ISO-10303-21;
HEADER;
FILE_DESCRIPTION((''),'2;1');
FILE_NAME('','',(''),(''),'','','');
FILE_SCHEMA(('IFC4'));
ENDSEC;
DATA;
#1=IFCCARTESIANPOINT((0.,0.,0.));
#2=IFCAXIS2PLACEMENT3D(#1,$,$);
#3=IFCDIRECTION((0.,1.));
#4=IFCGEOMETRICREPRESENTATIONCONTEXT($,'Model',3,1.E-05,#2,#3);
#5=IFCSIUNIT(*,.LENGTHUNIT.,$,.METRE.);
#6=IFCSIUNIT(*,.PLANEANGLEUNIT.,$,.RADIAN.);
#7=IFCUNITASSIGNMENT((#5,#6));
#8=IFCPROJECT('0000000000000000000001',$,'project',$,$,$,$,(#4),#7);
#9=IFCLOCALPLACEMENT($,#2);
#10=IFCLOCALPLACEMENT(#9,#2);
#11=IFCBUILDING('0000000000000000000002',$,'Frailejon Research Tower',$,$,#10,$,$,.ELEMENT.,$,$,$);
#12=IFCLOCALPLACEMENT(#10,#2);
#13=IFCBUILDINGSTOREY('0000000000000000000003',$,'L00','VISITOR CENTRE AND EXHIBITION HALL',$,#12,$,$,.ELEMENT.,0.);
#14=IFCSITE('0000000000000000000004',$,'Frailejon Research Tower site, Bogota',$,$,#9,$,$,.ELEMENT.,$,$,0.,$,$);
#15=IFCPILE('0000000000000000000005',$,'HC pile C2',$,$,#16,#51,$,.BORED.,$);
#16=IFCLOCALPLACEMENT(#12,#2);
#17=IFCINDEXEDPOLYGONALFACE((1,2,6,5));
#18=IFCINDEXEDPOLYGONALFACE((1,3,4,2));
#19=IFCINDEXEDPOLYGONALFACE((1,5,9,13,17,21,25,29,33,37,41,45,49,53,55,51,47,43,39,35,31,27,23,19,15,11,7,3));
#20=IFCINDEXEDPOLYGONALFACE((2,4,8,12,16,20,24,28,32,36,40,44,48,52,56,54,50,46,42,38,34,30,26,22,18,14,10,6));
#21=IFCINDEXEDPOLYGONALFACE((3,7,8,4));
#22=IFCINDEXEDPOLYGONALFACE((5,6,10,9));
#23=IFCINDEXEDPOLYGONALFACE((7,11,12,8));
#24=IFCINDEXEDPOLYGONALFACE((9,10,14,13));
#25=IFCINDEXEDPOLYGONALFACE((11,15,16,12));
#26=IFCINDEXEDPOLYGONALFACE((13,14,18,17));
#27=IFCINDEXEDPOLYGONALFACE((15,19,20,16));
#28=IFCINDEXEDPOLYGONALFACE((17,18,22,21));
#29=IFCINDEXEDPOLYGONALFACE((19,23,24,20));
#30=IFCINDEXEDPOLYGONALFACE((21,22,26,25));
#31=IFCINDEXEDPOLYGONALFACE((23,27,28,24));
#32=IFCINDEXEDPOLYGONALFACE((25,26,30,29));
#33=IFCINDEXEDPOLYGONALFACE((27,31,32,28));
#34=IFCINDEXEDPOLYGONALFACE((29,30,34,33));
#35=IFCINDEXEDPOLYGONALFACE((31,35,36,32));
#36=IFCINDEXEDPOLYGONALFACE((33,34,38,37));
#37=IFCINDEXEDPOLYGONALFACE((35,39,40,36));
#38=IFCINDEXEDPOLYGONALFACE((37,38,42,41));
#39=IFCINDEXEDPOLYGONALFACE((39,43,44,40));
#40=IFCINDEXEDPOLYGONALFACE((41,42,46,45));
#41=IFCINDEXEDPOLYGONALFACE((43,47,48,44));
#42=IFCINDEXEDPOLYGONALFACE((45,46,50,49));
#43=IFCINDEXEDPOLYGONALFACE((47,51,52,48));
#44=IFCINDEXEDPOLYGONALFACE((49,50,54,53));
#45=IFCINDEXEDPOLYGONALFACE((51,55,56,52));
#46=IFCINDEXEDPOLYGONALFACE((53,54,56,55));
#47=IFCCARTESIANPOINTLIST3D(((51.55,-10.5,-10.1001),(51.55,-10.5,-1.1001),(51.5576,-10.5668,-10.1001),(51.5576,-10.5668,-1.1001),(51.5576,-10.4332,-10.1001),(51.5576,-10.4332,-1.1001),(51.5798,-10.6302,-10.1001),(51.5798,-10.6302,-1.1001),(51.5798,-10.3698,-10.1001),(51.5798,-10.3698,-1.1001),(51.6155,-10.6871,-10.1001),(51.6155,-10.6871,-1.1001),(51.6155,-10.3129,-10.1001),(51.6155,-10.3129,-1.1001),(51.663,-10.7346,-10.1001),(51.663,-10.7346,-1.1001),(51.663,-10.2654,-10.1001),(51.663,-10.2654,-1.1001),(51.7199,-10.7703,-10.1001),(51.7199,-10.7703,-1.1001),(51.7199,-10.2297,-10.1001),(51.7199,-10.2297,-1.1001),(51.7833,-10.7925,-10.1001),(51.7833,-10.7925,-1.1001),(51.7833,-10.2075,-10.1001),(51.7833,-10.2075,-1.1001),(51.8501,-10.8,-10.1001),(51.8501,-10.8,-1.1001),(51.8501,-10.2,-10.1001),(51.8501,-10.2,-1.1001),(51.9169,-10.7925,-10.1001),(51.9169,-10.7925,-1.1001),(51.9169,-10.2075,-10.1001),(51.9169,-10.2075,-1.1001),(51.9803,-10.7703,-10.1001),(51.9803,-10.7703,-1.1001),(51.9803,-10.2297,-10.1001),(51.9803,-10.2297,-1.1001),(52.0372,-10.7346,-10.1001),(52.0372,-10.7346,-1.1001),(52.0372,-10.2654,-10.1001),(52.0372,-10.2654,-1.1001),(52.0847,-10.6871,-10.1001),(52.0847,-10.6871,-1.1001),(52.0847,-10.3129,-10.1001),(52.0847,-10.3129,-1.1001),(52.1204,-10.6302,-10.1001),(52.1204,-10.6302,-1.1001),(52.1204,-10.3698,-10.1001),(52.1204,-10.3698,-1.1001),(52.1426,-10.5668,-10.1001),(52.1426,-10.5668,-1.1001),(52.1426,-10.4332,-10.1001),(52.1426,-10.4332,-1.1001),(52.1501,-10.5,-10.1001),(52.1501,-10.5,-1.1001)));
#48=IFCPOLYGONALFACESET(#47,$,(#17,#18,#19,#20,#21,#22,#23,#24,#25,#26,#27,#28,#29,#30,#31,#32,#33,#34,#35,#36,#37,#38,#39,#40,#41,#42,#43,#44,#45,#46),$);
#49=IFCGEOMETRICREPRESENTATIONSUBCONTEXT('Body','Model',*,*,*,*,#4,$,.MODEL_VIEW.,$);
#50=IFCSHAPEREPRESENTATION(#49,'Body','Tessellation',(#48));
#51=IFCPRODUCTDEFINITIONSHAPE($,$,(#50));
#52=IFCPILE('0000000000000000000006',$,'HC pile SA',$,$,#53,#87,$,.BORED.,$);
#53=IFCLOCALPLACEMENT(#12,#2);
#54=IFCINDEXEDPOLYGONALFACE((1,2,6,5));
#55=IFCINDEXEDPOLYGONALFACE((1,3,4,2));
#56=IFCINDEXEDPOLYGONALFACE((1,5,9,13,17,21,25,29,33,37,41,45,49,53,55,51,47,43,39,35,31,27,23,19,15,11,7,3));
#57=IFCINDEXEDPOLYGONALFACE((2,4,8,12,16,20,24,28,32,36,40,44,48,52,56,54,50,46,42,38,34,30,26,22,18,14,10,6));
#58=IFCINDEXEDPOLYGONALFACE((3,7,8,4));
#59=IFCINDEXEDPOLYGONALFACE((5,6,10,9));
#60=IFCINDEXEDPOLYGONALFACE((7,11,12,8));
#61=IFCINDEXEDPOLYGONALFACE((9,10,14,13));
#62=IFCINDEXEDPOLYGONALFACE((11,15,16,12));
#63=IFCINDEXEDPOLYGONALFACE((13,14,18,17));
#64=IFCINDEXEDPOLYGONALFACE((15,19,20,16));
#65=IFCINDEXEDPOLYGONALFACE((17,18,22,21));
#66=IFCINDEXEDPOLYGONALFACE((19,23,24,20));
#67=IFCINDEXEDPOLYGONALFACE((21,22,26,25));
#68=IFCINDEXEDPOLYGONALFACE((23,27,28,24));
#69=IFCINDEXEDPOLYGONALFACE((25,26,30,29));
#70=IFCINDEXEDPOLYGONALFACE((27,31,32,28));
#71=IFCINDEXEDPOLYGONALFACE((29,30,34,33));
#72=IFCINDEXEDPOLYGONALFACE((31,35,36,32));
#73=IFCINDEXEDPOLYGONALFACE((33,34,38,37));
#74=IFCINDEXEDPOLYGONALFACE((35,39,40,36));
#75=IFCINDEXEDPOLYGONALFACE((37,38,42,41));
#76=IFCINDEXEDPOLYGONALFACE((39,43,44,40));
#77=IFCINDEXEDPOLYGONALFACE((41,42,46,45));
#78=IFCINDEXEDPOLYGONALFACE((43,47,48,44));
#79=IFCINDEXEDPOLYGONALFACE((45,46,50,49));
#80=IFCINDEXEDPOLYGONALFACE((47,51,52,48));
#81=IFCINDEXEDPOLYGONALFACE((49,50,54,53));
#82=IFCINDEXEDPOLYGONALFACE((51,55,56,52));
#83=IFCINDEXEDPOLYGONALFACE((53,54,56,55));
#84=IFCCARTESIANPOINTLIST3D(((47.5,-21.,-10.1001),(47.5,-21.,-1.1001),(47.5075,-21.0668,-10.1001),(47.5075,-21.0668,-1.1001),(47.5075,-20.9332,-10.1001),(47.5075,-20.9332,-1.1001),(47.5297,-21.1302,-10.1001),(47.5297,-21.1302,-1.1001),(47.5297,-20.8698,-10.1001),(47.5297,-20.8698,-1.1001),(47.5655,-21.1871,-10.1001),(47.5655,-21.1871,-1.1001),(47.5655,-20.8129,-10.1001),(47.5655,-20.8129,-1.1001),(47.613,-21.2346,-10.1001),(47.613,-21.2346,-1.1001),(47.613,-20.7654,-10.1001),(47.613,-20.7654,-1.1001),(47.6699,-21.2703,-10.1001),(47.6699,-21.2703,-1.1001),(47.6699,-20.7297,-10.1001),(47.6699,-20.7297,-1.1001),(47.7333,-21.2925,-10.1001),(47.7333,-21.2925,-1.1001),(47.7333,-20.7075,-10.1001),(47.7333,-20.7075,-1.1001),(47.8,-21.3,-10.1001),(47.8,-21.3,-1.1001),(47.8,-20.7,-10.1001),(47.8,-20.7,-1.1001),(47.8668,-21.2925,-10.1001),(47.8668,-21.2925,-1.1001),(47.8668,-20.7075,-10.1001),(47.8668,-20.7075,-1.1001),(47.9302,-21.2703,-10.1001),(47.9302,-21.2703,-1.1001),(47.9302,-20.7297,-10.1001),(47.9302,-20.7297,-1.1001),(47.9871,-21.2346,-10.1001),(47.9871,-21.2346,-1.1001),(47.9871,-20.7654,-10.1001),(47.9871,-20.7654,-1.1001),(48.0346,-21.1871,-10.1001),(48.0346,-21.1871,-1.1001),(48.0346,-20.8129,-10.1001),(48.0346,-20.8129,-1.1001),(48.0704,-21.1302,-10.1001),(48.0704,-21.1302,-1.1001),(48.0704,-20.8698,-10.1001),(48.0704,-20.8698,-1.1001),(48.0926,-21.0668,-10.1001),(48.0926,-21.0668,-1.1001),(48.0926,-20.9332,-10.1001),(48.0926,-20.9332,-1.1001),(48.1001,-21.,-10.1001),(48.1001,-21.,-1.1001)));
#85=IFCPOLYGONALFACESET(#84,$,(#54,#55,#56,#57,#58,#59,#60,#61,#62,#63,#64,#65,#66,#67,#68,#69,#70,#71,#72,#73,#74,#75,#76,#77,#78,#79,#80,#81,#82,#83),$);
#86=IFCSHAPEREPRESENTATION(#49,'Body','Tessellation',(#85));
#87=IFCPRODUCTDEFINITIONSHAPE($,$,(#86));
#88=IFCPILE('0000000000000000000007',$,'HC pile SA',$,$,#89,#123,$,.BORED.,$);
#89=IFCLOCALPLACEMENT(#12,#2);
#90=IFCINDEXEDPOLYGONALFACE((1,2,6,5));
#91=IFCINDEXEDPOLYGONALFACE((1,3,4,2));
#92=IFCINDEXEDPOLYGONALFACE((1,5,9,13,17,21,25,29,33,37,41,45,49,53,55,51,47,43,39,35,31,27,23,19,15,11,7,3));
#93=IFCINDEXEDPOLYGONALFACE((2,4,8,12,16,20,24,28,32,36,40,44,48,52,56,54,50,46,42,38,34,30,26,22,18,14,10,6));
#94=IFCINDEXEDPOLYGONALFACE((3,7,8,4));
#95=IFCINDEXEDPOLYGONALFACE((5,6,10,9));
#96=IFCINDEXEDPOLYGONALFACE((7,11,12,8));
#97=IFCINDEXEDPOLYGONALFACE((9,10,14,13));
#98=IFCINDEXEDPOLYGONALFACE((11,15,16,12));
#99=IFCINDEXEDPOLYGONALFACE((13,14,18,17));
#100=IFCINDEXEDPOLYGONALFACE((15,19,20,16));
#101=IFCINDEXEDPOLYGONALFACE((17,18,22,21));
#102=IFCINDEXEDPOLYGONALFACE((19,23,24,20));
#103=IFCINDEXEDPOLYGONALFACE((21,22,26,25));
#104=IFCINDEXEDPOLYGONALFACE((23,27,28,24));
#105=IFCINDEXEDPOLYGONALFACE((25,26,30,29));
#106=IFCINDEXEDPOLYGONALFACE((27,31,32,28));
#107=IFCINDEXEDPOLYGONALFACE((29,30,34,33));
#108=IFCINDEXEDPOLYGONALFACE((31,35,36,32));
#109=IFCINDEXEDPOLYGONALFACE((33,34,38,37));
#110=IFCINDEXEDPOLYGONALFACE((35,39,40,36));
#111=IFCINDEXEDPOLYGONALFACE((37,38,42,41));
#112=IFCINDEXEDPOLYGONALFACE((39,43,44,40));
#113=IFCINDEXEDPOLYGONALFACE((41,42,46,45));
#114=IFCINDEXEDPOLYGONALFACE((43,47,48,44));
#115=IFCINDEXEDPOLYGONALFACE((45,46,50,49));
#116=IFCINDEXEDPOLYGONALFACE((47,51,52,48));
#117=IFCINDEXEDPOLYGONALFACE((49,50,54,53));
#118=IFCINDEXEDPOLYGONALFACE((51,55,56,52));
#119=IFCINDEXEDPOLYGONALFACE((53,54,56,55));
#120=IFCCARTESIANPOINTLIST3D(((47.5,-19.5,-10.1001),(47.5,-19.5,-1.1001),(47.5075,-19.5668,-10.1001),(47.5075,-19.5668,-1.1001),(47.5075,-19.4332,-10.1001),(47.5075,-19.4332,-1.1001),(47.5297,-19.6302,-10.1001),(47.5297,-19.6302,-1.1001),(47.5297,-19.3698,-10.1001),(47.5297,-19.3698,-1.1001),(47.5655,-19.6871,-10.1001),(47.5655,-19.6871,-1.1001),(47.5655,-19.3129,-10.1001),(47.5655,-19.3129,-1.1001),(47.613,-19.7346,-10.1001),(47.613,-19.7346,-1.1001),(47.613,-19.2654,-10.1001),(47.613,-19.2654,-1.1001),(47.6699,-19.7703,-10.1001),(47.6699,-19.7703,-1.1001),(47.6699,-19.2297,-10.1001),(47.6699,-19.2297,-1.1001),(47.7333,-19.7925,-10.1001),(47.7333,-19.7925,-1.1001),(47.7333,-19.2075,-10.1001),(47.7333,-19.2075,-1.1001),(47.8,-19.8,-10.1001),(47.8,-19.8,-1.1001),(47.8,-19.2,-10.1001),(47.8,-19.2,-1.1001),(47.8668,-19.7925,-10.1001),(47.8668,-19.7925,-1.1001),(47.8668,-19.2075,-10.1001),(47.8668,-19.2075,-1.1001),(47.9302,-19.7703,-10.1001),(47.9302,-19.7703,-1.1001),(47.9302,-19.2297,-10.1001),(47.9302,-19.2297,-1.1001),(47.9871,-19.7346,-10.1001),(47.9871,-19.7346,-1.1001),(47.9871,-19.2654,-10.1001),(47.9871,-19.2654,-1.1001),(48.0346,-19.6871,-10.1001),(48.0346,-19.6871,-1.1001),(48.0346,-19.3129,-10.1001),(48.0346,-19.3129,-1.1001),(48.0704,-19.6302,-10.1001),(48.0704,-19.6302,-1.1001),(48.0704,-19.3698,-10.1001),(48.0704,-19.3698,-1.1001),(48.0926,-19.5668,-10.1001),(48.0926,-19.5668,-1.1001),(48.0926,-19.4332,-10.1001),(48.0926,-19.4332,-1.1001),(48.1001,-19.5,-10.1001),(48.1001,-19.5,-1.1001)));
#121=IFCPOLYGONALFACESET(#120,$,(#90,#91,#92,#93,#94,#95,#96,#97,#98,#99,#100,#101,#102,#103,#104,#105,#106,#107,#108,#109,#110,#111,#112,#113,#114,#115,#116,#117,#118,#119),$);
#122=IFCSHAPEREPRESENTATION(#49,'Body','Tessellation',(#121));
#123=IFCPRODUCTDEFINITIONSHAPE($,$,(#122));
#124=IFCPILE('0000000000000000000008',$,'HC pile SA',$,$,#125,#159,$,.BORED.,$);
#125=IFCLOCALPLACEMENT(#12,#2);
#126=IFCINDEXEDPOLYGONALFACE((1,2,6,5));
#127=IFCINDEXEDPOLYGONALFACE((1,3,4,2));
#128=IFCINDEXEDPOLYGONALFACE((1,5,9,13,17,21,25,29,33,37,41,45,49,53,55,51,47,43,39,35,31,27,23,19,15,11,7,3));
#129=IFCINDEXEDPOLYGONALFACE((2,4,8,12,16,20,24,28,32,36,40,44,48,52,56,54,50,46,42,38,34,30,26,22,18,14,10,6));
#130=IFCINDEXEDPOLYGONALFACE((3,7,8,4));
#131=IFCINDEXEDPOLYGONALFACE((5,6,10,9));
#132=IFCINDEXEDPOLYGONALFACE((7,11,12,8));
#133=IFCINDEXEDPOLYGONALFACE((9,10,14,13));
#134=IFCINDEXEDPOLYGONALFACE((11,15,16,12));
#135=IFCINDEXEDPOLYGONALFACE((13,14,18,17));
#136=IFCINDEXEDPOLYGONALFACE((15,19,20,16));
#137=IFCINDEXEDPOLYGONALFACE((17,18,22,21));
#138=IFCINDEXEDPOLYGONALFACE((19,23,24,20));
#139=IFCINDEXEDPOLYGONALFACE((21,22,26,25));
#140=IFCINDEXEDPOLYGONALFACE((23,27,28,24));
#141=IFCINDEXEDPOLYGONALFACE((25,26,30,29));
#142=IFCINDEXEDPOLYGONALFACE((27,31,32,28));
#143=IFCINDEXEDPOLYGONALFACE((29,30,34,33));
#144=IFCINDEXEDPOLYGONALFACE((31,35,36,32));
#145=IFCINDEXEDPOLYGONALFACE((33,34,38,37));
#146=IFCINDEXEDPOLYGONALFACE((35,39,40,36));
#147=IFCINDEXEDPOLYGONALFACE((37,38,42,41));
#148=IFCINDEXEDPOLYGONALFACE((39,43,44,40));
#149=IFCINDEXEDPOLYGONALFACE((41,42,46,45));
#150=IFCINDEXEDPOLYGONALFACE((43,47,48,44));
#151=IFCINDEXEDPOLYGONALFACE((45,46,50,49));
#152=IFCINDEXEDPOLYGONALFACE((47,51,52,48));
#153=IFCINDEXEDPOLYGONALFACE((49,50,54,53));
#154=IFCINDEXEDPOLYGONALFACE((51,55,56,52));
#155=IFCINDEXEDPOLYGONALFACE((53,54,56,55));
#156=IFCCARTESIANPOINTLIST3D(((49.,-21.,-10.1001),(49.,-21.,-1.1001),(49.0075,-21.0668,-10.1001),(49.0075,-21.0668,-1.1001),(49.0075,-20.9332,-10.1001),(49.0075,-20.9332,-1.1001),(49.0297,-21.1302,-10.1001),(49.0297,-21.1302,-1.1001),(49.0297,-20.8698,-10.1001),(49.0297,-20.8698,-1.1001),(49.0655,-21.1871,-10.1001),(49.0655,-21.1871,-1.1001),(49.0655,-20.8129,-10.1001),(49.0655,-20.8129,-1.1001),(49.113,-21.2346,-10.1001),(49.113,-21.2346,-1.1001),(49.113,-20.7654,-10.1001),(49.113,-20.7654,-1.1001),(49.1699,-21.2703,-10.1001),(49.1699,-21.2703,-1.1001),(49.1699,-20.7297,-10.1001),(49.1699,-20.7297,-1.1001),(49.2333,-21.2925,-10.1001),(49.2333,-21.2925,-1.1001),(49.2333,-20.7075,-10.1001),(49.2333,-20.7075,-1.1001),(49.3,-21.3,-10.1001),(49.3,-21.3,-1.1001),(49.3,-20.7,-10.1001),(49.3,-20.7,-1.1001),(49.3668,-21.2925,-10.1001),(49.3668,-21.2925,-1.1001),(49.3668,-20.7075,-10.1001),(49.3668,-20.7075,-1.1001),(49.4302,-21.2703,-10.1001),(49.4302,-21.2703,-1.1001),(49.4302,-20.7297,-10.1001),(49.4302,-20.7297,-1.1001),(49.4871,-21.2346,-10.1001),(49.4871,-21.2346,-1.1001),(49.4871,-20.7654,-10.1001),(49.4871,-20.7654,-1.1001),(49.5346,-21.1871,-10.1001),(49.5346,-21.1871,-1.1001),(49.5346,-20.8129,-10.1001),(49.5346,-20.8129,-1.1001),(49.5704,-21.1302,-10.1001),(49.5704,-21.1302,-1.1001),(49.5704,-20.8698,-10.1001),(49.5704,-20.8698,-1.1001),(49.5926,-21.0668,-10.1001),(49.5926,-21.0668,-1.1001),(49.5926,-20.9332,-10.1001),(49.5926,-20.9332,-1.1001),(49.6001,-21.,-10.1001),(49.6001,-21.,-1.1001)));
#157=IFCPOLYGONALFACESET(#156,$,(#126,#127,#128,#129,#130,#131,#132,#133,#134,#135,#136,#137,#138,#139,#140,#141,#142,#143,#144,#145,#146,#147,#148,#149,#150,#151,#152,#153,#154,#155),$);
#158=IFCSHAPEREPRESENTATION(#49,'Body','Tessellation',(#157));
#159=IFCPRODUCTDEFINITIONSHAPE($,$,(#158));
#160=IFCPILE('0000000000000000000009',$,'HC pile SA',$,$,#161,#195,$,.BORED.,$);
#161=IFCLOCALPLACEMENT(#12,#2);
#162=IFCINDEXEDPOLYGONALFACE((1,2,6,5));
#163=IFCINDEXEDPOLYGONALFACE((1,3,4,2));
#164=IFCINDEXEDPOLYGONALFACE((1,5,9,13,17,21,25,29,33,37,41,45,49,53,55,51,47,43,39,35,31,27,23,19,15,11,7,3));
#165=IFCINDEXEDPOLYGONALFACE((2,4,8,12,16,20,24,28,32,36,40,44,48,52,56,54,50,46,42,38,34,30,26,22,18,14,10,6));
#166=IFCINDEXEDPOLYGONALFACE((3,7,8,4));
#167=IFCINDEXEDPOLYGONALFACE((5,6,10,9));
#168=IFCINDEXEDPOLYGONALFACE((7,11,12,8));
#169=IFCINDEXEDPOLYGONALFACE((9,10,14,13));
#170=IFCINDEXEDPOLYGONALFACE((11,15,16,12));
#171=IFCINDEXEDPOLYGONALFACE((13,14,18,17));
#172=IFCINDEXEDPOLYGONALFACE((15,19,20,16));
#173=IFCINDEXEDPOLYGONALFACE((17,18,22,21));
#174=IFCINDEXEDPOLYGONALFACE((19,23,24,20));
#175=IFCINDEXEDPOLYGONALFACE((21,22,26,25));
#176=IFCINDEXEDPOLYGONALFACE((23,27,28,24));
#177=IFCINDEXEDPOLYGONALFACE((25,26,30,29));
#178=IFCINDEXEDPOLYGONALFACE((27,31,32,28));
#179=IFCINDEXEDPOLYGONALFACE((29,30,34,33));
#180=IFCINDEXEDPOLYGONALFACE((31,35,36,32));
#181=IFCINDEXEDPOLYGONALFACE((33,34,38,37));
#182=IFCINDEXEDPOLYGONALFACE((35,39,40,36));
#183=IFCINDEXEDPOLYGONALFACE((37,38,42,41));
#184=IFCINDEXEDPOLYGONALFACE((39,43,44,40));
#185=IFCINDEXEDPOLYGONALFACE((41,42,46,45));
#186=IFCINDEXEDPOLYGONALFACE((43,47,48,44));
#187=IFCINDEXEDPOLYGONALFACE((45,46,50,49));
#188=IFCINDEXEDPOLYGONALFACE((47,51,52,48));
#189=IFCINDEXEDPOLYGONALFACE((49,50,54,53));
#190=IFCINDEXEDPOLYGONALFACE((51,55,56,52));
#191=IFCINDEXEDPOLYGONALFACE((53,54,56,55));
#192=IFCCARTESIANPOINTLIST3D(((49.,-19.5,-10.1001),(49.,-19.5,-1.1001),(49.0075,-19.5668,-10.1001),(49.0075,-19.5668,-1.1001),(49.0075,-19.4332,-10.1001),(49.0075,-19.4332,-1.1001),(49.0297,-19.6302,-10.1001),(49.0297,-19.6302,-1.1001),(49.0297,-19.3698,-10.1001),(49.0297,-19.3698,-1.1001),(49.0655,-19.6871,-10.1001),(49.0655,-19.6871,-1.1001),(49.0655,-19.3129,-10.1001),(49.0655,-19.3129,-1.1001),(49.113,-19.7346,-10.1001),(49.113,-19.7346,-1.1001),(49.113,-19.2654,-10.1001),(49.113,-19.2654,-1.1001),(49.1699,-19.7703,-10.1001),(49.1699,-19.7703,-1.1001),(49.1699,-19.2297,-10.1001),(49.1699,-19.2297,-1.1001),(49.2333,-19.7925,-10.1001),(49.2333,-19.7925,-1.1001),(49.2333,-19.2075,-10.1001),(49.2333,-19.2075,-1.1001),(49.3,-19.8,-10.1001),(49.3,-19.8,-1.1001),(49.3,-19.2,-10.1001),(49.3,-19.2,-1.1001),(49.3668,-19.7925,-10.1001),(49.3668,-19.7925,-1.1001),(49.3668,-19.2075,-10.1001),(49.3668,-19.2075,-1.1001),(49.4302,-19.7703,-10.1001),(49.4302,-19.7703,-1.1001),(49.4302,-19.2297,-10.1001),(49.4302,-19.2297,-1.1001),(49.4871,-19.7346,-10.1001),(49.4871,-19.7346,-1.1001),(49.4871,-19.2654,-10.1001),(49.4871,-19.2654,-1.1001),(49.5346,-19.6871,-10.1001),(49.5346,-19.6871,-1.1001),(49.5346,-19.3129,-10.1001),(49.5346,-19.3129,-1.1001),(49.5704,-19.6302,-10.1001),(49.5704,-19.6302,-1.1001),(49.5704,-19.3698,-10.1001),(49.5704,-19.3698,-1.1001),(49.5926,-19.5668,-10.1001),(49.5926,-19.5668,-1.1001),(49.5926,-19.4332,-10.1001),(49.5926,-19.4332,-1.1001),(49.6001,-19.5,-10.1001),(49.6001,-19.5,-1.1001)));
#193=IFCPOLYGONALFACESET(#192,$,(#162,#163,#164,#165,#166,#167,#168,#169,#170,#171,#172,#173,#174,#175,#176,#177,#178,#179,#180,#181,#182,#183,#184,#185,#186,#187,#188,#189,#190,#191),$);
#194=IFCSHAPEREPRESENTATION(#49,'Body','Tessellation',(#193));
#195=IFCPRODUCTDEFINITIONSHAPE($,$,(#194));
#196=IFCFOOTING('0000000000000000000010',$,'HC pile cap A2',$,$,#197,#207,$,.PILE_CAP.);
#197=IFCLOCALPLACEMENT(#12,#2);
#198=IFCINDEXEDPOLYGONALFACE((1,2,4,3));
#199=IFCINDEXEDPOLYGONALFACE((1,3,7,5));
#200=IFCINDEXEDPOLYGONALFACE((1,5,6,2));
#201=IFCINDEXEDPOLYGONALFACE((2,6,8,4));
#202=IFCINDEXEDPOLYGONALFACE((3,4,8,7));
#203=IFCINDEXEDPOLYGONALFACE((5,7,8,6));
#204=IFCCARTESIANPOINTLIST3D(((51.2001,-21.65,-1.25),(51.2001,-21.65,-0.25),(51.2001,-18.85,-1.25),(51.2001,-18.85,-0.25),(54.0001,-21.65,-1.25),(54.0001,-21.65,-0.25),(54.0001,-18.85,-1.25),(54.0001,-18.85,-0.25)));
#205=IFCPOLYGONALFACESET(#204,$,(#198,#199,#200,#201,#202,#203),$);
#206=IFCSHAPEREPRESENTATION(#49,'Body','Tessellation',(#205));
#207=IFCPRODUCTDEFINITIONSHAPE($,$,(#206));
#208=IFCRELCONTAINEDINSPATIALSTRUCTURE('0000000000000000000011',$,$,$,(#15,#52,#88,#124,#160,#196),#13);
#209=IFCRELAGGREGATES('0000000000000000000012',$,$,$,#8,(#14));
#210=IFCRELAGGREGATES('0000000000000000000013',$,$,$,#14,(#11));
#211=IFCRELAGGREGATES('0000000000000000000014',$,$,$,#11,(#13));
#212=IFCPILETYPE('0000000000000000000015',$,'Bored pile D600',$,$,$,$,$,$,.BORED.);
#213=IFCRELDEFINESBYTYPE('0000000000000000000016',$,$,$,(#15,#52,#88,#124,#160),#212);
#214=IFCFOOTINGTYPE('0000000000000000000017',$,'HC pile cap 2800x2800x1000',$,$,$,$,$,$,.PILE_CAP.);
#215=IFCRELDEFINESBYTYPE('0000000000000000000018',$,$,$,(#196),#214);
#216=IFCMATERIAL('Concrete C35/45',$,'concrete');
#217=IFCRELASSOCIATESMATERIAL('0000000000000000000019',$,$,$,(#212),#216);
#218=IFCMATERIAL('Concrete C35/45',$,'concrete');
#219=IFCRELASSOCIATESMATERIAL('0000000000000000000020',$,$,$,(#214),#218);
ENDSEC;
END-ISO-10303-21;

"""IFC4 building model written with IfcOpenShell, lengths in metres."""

from ifc_helpers import new_model, si_unit, direction, frame, origin, origin_2d, place, context, subcontext, project, spatial, rectangle, circle, extrude, material, material_profile, profile_set, type_object, element, save


model = new_model("IFC4")

# Units and contexts
model_context = context("Model", 3, precision=1e-05, world=origin(), true_north=direction((0.0, 1.0)))
body_context = subcontext(model_context, "Body", "Model", "MODEL_VIEW")
ifc_project = project(units=[si_unit("LENGTHUNIT", "METRE"), si_unit("PLANEANGLEUNIT", "RADIAN")], contexts=[model_context])

# Site, building, storey
site_placement = place(None, origin())
site = spatial("IfcSite", under=ifc_project, at=site_placement, Name="Frailejon Research Tower site, Bogota", CompositionType="ELEMENT", RefElevation=0.0)
building_placement = place(site_placement, origin())
building = spatial("IfcBuilding", under=site, at=building_placement, Name="Frailejon Research Tower", CompositionType="ELEMENT")
storey_placement = place(building_placement, origin())
storey = spatial("IfcBuildingStorey", under=building, at=storey_placement, Name="L00", Description="VISITOR CENTRE AND EXHIBITION HALL", CompositionType="ELEMENT", Elevation=0.0)

# Piles
ifc_material_1 = material(Name="Concrete C35/45", Category="concrete")
ifc_material_profile_1 = material_profile(ifc_material_1, circle(Radius=0.3, at=origin_2d()), Name="Bored pile D600")
ifc_profile_set_1 = profile_set([ifc_material_profile_1], Name="Concrete C35/45")
pile_type = type_object("IfcPileType", Name="Bored pile D600", PredefinedType="BORED", material=ifc_profile_set_1)
for number, where, z_axis, x_axis, name in (
    (1, (51.8501, -10.5, -1.1001), (0.0, 0.0, -1.0), (1.0, 0.0, 0.0), "HC pile C2"),
    (2, (47.8, -21.0, -1.1001), (0.0, 0.0, -1.0), (1.0, 0.0, 0.0), "HC pile SA"),
    (3, (47.8, -19.5, -1.1001), (0.0, 0.0, -1.0), (1.0, 0.0, 0.0), "HC pile SA"),
    (4, (49.3, -21.0, -1.1001), (0.0, 0.0, -1.0), (1.0, 0.0, 0.0), "HC pile SA"),
    (5, (49.3, -19.5, -1.1001), (0.0, 0.0, -1.0), (1.0, 0.0, 0.0), "HC pile SA"),
):
    element("IfcPile", number, at=place(storey_placement, frame(where, z_axis=z_axis, x_axis=x_axis)), inside=storey, type_object=pile_type, Name=name, PredefinedType="BORED", context=body_context, shape_type="SweptSolid", body=[
        extrude(circle(Radius=0.3, at=origin_2d()), origin(), (0.0, 0.0, 1.0), 9.0),
    ])

# Footing
ifc_material_2 = material(Name="Concrete C35/45", Category="concrete")
footing_type = type_object("IfcFootingType", Name="HC pile cap 2800x2800x1000", PredefinedType="PILE_CAP", material=ifc_material_2)
for number, where, z_axis, x_axis, name in (
    (6, (52.6001, -20.25, -1.25), (0.0, 0.0, 1.0), (1.0, 0.0, 0.0), "HC pile cap A2"),
):
    element("IfcFooting", number, at=place(storey_placement, frame(where, z_axis=z_axis, x_axis=x_axis)), inside=storey, type_object=footing_type, Name=name, PredefinedType="PILE_CAP", context=body_context, shape_type="SweptSolid", body=[
        extrude(rectangle(XDim=2.8, YDim=2.8, at=origin_2d()), origin(), (0.0, 0.0, 1.0), 1.0),
    ])

save(model, "model.ifc")
